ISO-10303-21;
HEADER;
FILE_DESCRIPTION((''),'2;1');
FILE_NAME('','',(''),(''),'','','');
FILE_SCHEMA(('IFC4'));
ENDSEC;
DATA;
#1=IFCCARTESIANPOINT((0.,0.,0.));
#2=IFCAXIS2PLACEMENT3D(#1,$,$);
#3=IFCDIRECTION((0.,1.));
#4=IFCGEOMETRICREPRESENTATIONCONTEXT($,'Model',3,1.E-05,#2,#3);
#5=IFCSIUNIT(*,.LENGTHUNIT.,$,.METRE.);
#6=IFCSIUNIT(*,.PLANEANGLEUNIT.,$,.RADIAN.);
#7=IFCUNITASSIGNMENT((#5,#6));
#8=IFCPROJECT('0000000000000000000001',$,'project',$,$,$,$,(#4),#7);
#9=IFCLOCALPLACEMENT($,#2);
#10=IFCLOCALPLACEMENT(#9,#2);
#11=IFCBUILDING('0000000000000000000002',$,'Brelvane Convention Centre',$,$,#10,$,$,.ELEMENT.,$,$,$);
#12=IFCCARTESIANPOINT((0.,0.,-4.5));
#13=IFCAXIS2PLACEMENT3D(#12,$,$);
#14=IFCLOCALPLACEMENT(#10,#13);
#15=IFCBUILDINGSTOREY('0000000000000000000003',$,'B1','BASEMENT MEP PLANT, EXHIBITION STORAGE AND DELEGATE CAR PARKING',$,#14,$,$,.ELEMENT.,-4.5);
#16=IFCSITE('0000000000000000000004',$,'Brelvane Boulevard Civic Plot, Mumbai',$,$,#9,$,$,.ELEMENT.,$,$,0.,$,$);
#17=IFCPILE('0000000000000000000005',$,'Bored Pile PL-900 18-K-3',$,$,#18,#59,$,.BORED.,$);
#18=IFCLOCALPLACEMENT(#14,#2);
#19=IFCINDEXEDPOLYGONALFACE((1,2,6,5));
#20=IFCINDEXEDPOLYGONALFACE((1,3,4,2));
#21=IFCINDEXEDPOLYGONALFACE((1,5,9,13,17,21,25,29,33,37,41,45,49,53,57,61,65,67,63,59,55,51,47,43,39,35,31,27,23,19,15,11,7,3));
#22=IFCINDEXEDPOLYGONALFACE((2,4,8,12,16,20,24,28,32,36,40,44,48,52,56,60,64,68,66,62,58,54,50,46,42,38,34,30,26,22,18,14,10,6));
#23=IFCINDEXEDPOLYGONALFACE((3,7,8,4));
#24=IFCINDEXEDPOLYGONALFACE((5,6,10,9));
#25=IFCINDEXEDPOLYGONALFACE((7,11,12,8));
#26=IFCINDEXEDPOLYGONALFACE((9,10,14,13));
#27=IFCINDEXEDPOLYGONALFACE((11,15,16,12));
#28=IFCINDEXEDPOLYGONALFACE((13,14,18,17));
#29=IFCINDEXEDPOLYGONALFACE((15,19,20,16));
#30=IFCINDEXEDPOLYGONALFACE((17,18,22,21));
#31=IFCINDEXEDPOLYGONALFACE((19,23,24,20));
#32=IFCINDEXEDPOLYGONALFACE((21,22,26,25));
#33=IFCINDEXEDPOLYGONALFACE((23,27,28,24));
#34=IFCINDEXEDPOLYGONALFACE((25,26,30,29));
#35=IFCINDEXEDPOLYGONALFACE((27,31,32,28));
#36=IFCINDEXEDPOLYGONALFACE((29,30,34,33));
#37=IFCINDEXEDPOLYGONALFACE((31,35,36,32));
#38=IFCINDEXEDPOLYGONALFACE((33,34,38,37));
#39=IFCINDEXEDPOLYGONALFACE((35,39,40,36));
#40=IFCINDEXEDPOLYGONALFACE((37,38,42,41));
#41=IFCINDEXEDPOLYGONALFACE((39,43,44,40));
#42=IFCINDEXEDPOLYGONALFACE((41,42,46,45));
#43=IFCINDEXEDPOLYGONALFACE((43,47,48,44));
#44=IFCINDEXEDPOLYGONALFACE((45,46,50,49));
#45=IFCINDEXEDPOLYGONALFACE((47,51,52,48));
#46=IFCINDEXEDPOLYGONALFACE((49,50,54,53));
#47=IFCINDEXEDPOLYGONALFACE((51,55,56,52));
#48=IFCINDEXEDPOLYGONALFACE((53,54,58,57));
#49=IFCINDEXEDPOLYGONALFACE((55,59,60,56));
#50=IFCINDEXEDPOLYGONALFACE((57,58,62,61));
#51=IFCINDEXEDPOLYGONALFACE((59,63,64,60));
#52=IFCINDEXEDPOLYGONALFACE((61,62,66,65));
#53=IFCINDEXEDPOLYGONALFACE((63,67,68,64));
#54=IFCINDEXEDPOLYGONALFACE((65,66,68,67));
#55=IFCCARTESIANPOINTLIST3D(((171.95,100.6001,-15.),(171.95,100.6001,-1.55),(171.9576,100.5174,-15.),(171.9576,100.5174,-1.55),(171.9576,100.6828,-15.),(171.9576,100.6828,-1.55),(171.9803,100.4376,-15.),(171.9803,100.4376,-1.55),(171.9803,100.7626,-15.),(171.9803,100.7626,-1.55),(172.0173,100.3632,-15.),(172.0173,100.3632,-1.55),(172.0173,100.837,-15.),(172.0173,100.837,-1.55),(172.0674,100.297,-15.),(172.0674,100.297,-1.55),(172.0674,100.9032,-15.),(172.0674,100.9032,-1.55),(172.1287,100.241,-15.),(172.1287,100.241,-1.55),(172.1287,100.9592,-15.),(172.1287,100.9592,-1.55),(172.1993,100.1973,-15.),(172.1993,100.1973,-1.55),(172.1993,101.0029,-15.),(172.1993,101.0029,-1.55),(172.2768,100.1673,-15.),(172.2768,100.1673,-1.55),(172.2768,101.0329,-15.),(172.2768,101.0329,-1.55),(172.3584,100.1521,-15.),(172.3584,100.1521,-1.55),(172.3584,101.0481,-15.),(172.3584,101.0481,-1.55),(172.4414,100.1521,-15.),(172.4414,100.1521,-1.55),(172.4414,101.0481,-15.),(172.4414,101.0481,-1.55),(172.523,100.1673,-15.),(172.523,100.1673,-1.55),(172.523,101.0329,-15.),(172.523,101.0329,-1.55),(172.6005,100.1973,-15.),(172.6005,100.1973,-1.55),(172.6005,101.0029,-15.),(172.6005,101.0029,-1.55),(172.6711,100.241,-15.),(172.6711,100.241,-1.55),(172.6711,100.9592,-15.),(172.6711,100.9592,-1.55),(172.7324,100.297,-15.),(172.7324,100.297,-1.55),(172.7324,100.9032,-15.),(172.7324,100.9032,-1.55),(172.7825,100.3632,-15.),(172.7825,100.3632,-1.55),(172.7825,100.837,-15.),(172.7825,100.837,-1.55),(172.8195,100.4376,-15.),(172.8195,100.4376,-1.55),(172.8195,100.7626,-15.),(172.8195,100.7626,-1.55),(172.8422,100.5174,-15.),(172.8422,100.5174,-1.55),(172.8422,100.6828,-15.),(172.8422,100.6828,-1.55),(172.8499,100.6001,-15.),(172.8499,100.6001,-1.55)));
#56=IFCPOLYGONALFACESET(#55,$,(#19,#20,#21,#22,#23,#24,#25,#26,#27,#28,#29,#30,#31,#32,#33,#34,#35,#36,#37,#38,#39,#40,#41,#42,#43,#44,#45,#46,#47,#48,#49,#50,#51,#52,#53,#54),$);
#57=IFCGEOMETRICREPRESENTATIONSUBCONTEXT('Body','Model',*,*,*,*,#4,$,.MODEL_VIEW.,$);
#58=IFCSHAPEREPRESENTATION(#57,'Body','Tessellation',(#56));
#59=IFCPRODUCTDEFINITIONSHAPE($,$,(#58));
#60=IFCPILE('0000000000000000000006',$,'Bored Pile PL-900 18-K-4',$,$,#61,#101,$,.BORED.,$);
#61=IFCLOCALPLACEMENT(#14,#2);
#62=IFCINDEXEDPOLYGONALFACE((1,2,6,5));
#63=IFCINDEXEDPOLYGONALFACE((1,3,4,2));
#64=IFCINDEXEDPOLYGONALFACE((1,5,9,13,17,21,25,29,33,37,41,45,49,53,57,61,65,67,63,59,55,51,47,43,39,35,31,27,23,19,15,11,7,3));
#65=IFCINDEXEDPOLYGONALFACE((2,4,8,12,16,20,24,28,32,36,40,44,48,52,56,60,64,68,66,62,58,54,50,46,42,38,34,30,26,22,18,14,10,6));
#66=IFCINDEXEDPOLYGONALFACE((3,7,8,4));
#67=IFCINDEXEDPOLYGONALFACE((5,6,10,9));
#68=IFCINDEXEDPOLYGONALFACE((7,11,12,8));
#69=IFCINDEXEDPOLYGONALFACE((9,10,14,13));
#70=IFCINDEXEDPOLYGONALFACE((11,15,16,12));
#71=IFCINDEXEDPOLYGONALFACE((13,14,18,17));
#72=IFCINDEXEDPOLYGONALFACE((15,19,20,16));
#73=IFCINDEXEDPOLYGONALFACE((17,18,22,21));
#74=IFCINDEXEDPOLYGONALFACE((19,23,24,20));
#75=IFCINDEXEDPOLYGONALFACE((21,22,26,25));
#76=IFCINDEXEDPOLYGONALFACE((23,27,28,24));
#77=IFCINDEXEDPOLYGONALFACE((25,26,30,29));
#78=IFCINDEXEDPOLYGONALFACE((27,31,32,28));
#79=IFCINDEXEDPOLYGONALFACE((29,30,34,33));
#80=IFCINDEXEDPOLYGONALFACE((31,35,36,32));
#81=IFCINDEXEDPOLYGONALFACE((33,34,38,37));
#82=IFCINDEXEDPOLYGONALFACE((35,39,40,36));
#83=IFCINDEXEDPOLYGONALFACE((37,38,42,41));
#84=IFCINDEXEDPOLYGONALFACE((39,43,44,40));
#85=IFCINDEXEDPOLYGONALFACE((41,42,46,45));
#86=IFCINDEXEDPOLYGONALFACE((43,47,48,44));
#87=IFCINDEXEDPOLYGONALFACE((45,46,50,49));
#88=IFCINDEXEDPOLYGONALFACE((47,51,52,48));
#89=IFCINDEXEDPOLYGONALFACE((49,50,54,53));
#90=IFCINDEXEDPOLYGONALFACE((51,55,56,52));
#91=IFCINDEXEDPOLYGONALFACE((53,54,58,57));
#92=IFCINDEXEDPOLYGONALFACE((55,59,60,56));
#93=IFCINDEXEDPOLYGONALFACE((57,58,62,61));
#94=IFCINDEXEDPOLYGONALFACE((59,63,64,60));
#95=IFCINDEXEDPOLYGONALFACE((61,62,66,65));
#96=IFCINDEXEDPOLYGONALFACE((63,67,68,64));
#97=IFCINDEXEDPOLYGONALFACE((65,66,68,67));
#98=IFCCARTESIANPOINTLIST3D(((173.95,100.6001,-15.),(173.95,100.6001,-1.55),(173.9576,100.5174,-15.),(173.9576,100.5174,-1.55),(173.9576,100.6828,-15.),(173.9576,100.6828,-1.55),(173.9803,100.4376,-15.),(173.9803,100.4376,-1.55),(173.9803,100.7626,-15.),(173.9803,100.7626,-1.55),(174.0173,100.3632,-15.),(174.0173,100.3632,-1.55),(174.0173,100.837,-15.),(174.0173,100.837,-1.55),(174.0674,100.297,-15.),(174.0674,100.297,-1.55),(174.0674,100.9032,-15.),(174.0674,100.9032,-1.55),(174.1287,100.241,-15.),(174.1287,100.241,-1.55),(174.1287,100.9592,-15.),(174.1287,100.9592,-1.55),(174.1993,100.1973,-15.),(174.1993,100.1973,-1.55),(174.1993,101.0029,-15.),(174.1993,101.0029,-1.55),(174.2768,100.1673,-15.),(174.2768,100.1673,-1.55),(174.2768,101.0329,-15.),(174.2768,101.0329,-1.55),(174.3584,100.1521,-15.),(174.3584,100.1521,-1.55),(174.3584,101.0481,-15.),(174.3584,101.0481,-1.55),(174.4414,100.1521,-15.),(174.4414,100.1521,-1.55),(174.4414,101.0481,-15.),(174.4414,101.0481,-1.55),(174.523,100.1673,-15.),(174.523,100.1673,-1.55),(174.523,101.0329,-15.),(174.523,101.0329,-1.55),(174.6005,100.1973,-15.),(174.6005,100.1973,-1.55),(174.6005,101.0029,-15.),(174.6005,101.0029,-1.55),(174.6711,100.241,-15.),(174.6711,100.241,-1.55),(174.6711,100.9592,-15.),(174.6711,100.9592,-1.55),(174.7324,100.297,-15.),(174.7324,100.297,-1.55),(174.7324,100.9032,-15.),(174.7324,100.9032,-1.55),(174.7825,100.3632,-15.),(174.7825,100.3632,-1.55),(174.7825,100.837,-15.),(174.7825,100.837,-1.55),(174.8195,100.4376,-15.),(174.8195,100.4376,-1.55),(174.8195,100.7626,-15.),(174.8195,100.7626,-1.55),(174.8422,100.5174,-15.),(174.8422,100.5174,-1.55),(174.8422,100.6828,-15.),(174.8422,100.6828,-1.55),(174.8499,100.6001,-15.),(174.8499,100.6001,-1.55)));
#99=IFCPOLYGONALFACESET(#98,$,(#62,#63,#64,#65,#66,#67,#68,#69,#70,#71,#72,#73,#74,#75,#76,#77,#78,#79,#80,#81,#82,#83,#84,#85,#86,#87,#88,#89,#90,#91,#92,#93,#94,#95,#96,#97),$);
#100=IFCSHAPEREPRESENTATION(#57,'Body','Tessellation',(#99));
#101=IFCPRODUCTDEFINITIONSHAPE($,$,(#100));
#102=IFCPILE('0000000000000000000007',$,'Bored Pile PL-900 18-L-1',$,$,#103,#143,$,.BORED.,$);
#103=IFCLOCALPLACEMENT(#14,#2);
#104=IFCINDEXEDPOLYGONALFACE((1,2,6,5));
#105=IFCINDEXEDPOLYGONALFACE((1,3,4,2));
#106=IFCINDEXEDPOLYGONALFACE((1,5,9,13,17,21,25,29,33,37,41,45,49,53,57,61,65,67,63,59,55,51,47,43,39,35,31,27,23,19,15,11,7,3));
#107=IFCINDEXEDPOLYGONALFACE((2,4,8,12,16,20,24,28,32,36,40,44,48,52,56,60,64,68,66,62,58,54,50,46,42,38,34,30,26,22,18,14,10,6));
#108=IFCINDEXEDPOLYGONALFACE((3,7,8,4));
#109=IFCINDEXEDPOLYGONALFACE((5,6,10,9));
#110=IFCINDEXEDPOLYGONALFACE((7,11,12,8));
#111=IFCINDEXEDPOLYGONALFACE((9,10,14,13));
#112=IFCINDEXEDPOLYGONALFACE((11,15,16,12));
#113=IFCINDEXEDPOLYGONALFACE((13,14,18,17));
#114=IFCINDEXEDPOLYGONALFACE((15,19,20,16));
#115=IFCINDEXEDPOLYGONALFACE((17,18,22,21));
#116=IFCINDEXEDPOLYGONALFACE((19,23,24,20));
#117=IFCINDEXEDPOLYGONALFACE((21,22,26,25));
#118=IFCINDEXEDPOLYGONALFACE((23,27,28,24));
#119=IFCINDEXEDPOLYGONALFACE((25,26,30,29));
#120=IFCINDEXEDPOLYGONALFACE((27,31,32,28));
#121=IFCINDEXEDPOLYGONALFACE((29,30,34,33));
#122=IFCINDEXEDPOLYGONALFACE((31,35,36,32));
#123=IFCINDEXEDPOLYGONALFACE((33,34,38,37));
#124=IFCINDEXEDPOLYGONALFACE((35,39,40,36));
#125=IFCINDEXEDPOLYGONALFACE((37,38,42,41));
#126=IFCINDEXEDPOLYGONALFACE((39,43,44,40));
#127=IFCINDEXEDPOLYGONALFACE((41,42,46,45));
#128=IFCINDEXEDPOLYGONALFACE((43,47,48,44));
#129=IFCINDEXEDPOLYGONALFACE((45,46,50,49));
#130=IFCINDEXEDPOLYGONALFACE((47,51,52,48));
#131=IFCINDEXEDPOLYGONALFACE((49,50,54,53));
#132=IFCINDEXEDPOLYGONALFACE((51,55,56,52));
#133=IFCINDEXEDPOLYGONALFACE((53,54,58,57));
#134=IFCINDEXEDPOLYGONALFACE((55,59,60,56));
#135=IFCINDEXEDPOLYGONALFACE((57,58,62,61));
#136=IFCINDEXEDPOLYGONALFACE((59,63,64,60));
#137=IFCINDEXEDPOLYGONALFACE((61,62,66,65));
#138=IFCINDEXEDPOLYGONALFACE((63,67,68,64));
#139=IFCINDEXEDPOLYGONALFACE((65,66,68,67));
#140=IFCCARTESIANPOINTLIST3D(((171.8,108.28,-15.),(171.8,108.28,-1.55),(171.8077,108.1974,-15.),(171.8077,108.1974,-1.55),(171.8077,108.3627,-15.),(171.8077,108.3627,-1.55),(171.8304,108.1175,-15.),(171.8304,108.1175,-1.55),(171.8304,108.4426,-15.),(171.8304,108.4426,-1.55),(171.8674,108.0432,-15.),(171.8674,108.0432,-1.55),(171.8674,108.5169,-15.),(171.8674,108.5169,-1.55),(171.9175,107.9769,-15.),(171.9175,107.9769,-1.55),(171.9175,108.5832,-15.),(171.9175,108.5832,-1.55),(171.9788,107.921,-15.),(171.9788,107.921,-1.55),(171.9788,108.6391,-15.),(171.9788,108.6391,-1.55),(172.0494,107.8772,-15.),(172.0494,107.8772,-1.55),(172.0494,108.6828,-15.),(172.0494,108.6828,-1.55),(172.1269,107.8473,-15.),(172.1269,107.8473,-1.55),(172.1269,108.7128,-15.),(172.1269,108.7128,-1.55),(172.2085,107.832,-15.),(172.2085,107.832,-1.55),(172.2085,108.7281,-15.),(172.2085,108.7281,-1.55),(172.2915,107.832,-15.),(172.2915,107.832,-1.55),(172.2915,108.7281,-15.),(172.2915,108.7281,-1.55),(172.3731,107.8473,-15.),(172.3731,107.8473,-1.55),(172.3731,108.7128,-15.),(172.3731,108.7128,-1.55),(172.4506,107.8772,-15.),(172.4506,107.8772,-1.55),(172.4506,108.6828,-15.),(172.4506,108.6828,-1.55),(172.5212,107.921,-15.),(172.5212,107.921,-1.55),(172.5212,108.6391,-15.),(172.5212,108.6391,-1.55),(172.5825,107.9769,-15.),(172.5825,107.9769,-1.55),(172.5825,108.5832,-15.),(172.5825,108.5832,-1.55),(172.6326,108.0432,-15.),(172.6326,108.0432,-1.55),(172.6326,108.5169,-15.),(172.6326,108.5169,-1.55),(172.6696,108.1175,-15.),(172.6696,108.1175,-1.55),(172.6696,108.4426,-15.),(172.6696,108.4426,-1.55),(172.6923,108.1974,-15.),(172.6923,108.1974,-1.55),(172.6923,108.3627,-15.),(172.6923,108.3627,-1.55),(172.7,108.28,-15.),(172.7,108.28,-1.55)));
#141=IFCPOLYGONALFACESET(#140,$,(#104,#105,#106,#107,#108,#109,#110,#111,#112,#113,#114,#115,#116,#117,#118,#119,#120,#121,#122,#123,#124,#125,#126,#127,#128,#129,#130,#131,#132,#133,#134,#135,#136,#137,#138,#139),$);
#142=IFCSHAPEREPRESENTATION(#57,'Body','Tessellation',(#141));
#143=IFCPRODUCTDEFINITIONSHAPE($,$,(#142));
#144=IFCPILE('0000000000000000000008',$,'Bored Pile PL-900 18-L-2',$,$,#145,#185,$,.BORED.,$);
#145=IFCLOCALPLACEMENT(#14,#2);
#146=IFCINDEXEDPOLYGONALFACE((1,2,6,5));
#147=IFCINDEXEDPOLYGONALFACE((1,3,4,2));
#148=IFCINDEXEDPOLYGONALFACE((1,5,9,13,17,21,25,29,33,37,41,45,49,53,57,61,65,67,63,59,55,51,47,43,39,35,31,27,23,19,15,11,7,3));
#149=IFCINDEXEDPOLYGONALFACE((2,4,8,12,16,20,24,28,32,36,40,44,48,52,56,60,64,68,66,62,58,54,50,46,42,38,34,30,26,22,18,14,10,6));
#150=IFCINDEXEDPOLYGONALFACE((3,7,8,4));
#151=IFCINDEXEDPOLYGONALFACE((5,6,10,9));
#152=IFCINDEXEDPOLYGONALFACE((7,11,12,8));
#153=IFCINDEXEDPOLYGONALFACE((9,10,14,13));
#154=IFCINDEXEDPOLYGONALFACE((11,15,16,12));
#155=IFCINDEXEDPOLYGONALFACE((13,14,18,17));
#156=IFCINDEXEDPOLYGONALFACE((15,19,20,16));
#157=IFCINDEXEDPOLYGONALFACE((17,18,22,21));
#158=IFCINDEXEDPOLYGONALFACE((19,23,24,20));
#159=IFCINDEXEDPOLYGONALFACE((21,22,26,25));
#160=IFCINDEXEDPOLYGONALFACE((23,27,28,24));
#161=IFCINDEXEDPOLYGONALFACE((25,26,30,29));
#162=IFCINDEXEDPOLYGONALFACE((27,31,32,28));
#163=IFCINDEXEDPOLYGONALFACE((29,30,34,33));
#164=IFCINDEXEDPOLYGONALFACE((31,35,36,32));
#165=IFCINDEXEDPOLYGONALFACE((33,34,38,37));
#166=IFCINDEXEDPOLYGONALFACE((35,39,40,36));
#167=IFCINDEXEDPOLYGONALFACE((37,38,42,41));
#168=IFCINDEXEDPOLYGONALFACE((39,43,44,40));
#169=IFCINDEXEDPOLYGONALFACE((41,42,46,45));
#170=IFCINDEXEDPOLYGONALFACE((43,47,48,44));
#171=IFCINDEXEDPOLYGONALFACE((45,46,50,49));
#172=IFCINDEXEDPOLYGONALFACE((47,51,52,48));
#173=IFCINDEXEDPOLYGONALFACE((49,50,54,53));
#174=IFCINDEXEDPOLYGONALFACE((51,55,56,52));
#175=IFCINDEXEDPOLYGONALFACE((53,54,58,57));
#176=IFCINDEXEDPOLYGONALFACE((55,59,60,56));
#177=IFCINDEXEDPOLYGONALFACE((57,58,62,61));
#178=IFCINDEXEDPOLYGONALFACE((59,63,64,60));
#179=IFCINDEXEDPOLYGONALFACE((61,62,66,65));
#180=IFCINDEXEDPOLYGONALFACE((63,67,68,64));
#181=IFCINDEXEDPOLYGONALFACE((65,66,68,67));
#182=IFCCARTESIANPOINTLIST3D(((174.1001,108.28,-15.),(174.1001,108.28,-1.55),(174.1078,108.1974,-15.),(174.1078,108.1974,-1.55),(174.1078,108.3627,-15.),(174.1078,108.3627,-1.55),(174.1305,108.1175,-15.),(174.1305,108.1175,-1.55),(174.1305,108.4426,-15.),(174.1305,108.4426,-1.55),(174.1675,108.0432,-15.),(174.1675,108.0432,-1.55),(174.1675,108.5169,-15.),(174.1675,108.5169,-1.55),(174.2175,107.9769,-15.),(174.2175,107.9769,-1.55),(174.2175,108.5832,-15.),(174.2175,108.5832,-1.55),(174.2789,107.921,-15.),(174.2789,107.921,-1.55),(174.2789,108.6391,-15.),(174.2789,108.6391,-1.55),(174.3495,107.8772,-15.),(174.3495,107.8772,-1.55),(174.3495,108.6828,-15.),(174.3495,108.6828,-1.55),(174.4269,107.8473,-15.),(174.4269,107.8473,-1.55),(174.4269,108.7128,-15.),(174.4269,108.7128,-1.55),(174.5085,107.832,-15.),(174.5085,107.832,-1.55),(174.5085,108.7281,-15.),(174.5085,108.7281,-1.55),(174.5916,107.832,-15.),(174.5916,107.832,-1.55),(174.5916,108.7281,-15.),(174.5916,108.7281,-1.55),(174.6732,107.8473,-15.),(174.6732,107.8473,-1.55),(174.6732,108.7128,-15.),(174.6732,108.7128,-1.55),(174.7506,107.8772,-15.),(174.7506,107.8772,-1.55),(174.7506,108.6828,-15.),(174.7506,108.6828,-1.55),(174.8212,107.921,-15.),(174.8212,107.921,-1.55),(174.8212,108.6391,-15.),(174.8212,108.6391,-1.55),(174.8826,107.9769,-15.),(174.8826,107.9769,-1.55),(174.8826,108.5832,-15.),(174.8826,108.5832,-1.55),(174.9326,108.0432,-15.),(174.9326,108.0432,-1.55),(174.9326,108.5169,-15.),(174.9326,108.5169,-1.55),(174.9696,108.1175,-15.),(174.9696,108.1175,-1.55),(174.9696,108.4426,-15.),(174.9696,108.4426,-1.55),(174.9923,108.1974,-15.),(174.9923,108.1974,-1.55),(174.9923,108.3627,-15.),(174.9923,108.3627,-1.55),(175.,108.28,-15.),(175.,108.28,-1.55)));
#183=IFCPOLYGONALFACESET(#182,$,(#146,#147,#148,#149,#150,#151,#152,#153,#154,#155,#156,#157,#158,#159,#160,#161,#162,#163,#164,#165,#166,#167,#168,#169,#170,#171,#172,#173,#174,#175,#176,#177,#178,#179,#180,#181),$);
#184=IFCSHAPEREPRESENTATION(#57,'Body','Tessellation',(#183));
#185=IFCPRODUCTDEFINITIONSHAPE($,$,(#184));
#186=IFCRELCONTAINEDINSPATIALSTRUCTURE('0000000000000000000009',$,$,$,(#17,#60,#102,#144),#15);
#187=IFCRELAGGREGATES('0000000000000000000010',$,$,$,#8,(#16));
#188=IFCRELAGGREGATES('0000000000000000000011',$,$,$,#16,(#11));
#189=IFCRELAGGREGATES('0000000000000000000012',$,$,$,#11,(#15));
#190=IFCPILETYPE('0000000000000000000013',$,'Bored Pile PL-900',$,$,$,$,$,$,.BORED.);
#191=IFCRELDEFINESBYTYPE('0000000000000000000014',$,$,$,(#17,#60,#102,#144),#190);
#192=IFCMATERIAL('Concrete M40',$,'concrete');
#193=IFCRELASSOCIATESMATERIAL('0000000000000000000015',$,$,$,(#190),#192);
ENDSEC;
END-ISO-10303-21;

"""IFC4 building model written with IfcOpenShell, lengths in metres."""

from ifc_helpers import new_model, si_unit, direction, frame, origin, origin_2d, place, context, subcontext, project, spatial, circle, extrude, material, material_profile, profile_set, type_object, element, save


model = new_model("IFC4")

# Units and contexts
model_context = context("Model", 3, precision=1e-05, world=origin(), true_north=direction((0.0, 1.0)))
body_context = subcontext(model_context, "Body", "Model", "MODEL_VIEW")
ifc_project = project(units=[si_unit("LENGTHUNIT", "METRE"), si_unit("PLANEANGLEUNIT", "RADIAN")], contexts=[model_context])

# Site, building, storey
site_placement = place(None, origin())
site = spatial("IfcSite", under=ifc_project, at=site_placement, Name="Brelvane Boulevard Civic Plot, Mumbai", CompositionType="ELEMENT", RefElevation=0.0)
building_placement = place(site_placement, origin())
building = spatial("IfcBuilding", under=site, at=building_placement, Name="Brelvane Convention Centre", CompositionType="ELEMENT")
storey_placement = place(building_placement, frame((0.0, 0.0, -4.5)))
storey = spatial("IfcBuildingStorey", under=building, at=storey_placement, Name="B1", Description="BASEMENT MEP PLANT, EXHIBITION STORAGE AND DELEGATE CAR PARKING", CompositionType="ELEMENT", Elevation=-4.5)

# Piles
ifc_material_1 = material(Name="Concrete M40", Category="concrete")
ifc_material_profile_1 = material_profile(ifc_material_1, circle(Radius=0.45, at=origin_2d()), Name="PILE D900")
ifc_profile_set_1 = profile_set([ifc_material_profile_1], Name="Concrete M40")
pile_type = type_object("IfcPileType", Name="Bored Pile PL-900", PredefinedType="BORED", material=ifc_profile_set_1)
for number, where, z_axis, x_axis, name in (
    (1, (172.3999, 100.6001, -1.55), (0.0, 0.0, -1.0), (1.0, 0.0, 0.0), "Bored Pile PL-900 18-K-3"),
    (2, (174.3999, 100.6001, -1.55), (0.0, 0.0, -1.0), (1.0, 0.0, 0.0), "Bored Pile PL-900 18-K-4"),
    (3, (172.25, 108.28, -1.55), (0.0, 0.0, -1.0), (1.0, 0.0, 0.0), "Bored Pile PL-900 18-L-1"),
    (4, (174.55, 108.28, -1.55), (0.0, 0.0, -1.0), (1.0, 0.0, 0.0), "Bored Pile PL-900 18-L-2"),
):
    element("IfcPile", number, at=place(storey_placement, frame(where, z_axis=z_axis, x_axis=x_axis)), inside=storey, type_object=pile_type, Name=name, PredefinedType="BORED", context=body_context, shape_type="SweptSolid", body=[
        extrude(circle(Radius=0.45, at=origin_2d()), origin(), (0.0, 0.0, 1.0), 13.45),
    ])

save(model, "model.ifc")
